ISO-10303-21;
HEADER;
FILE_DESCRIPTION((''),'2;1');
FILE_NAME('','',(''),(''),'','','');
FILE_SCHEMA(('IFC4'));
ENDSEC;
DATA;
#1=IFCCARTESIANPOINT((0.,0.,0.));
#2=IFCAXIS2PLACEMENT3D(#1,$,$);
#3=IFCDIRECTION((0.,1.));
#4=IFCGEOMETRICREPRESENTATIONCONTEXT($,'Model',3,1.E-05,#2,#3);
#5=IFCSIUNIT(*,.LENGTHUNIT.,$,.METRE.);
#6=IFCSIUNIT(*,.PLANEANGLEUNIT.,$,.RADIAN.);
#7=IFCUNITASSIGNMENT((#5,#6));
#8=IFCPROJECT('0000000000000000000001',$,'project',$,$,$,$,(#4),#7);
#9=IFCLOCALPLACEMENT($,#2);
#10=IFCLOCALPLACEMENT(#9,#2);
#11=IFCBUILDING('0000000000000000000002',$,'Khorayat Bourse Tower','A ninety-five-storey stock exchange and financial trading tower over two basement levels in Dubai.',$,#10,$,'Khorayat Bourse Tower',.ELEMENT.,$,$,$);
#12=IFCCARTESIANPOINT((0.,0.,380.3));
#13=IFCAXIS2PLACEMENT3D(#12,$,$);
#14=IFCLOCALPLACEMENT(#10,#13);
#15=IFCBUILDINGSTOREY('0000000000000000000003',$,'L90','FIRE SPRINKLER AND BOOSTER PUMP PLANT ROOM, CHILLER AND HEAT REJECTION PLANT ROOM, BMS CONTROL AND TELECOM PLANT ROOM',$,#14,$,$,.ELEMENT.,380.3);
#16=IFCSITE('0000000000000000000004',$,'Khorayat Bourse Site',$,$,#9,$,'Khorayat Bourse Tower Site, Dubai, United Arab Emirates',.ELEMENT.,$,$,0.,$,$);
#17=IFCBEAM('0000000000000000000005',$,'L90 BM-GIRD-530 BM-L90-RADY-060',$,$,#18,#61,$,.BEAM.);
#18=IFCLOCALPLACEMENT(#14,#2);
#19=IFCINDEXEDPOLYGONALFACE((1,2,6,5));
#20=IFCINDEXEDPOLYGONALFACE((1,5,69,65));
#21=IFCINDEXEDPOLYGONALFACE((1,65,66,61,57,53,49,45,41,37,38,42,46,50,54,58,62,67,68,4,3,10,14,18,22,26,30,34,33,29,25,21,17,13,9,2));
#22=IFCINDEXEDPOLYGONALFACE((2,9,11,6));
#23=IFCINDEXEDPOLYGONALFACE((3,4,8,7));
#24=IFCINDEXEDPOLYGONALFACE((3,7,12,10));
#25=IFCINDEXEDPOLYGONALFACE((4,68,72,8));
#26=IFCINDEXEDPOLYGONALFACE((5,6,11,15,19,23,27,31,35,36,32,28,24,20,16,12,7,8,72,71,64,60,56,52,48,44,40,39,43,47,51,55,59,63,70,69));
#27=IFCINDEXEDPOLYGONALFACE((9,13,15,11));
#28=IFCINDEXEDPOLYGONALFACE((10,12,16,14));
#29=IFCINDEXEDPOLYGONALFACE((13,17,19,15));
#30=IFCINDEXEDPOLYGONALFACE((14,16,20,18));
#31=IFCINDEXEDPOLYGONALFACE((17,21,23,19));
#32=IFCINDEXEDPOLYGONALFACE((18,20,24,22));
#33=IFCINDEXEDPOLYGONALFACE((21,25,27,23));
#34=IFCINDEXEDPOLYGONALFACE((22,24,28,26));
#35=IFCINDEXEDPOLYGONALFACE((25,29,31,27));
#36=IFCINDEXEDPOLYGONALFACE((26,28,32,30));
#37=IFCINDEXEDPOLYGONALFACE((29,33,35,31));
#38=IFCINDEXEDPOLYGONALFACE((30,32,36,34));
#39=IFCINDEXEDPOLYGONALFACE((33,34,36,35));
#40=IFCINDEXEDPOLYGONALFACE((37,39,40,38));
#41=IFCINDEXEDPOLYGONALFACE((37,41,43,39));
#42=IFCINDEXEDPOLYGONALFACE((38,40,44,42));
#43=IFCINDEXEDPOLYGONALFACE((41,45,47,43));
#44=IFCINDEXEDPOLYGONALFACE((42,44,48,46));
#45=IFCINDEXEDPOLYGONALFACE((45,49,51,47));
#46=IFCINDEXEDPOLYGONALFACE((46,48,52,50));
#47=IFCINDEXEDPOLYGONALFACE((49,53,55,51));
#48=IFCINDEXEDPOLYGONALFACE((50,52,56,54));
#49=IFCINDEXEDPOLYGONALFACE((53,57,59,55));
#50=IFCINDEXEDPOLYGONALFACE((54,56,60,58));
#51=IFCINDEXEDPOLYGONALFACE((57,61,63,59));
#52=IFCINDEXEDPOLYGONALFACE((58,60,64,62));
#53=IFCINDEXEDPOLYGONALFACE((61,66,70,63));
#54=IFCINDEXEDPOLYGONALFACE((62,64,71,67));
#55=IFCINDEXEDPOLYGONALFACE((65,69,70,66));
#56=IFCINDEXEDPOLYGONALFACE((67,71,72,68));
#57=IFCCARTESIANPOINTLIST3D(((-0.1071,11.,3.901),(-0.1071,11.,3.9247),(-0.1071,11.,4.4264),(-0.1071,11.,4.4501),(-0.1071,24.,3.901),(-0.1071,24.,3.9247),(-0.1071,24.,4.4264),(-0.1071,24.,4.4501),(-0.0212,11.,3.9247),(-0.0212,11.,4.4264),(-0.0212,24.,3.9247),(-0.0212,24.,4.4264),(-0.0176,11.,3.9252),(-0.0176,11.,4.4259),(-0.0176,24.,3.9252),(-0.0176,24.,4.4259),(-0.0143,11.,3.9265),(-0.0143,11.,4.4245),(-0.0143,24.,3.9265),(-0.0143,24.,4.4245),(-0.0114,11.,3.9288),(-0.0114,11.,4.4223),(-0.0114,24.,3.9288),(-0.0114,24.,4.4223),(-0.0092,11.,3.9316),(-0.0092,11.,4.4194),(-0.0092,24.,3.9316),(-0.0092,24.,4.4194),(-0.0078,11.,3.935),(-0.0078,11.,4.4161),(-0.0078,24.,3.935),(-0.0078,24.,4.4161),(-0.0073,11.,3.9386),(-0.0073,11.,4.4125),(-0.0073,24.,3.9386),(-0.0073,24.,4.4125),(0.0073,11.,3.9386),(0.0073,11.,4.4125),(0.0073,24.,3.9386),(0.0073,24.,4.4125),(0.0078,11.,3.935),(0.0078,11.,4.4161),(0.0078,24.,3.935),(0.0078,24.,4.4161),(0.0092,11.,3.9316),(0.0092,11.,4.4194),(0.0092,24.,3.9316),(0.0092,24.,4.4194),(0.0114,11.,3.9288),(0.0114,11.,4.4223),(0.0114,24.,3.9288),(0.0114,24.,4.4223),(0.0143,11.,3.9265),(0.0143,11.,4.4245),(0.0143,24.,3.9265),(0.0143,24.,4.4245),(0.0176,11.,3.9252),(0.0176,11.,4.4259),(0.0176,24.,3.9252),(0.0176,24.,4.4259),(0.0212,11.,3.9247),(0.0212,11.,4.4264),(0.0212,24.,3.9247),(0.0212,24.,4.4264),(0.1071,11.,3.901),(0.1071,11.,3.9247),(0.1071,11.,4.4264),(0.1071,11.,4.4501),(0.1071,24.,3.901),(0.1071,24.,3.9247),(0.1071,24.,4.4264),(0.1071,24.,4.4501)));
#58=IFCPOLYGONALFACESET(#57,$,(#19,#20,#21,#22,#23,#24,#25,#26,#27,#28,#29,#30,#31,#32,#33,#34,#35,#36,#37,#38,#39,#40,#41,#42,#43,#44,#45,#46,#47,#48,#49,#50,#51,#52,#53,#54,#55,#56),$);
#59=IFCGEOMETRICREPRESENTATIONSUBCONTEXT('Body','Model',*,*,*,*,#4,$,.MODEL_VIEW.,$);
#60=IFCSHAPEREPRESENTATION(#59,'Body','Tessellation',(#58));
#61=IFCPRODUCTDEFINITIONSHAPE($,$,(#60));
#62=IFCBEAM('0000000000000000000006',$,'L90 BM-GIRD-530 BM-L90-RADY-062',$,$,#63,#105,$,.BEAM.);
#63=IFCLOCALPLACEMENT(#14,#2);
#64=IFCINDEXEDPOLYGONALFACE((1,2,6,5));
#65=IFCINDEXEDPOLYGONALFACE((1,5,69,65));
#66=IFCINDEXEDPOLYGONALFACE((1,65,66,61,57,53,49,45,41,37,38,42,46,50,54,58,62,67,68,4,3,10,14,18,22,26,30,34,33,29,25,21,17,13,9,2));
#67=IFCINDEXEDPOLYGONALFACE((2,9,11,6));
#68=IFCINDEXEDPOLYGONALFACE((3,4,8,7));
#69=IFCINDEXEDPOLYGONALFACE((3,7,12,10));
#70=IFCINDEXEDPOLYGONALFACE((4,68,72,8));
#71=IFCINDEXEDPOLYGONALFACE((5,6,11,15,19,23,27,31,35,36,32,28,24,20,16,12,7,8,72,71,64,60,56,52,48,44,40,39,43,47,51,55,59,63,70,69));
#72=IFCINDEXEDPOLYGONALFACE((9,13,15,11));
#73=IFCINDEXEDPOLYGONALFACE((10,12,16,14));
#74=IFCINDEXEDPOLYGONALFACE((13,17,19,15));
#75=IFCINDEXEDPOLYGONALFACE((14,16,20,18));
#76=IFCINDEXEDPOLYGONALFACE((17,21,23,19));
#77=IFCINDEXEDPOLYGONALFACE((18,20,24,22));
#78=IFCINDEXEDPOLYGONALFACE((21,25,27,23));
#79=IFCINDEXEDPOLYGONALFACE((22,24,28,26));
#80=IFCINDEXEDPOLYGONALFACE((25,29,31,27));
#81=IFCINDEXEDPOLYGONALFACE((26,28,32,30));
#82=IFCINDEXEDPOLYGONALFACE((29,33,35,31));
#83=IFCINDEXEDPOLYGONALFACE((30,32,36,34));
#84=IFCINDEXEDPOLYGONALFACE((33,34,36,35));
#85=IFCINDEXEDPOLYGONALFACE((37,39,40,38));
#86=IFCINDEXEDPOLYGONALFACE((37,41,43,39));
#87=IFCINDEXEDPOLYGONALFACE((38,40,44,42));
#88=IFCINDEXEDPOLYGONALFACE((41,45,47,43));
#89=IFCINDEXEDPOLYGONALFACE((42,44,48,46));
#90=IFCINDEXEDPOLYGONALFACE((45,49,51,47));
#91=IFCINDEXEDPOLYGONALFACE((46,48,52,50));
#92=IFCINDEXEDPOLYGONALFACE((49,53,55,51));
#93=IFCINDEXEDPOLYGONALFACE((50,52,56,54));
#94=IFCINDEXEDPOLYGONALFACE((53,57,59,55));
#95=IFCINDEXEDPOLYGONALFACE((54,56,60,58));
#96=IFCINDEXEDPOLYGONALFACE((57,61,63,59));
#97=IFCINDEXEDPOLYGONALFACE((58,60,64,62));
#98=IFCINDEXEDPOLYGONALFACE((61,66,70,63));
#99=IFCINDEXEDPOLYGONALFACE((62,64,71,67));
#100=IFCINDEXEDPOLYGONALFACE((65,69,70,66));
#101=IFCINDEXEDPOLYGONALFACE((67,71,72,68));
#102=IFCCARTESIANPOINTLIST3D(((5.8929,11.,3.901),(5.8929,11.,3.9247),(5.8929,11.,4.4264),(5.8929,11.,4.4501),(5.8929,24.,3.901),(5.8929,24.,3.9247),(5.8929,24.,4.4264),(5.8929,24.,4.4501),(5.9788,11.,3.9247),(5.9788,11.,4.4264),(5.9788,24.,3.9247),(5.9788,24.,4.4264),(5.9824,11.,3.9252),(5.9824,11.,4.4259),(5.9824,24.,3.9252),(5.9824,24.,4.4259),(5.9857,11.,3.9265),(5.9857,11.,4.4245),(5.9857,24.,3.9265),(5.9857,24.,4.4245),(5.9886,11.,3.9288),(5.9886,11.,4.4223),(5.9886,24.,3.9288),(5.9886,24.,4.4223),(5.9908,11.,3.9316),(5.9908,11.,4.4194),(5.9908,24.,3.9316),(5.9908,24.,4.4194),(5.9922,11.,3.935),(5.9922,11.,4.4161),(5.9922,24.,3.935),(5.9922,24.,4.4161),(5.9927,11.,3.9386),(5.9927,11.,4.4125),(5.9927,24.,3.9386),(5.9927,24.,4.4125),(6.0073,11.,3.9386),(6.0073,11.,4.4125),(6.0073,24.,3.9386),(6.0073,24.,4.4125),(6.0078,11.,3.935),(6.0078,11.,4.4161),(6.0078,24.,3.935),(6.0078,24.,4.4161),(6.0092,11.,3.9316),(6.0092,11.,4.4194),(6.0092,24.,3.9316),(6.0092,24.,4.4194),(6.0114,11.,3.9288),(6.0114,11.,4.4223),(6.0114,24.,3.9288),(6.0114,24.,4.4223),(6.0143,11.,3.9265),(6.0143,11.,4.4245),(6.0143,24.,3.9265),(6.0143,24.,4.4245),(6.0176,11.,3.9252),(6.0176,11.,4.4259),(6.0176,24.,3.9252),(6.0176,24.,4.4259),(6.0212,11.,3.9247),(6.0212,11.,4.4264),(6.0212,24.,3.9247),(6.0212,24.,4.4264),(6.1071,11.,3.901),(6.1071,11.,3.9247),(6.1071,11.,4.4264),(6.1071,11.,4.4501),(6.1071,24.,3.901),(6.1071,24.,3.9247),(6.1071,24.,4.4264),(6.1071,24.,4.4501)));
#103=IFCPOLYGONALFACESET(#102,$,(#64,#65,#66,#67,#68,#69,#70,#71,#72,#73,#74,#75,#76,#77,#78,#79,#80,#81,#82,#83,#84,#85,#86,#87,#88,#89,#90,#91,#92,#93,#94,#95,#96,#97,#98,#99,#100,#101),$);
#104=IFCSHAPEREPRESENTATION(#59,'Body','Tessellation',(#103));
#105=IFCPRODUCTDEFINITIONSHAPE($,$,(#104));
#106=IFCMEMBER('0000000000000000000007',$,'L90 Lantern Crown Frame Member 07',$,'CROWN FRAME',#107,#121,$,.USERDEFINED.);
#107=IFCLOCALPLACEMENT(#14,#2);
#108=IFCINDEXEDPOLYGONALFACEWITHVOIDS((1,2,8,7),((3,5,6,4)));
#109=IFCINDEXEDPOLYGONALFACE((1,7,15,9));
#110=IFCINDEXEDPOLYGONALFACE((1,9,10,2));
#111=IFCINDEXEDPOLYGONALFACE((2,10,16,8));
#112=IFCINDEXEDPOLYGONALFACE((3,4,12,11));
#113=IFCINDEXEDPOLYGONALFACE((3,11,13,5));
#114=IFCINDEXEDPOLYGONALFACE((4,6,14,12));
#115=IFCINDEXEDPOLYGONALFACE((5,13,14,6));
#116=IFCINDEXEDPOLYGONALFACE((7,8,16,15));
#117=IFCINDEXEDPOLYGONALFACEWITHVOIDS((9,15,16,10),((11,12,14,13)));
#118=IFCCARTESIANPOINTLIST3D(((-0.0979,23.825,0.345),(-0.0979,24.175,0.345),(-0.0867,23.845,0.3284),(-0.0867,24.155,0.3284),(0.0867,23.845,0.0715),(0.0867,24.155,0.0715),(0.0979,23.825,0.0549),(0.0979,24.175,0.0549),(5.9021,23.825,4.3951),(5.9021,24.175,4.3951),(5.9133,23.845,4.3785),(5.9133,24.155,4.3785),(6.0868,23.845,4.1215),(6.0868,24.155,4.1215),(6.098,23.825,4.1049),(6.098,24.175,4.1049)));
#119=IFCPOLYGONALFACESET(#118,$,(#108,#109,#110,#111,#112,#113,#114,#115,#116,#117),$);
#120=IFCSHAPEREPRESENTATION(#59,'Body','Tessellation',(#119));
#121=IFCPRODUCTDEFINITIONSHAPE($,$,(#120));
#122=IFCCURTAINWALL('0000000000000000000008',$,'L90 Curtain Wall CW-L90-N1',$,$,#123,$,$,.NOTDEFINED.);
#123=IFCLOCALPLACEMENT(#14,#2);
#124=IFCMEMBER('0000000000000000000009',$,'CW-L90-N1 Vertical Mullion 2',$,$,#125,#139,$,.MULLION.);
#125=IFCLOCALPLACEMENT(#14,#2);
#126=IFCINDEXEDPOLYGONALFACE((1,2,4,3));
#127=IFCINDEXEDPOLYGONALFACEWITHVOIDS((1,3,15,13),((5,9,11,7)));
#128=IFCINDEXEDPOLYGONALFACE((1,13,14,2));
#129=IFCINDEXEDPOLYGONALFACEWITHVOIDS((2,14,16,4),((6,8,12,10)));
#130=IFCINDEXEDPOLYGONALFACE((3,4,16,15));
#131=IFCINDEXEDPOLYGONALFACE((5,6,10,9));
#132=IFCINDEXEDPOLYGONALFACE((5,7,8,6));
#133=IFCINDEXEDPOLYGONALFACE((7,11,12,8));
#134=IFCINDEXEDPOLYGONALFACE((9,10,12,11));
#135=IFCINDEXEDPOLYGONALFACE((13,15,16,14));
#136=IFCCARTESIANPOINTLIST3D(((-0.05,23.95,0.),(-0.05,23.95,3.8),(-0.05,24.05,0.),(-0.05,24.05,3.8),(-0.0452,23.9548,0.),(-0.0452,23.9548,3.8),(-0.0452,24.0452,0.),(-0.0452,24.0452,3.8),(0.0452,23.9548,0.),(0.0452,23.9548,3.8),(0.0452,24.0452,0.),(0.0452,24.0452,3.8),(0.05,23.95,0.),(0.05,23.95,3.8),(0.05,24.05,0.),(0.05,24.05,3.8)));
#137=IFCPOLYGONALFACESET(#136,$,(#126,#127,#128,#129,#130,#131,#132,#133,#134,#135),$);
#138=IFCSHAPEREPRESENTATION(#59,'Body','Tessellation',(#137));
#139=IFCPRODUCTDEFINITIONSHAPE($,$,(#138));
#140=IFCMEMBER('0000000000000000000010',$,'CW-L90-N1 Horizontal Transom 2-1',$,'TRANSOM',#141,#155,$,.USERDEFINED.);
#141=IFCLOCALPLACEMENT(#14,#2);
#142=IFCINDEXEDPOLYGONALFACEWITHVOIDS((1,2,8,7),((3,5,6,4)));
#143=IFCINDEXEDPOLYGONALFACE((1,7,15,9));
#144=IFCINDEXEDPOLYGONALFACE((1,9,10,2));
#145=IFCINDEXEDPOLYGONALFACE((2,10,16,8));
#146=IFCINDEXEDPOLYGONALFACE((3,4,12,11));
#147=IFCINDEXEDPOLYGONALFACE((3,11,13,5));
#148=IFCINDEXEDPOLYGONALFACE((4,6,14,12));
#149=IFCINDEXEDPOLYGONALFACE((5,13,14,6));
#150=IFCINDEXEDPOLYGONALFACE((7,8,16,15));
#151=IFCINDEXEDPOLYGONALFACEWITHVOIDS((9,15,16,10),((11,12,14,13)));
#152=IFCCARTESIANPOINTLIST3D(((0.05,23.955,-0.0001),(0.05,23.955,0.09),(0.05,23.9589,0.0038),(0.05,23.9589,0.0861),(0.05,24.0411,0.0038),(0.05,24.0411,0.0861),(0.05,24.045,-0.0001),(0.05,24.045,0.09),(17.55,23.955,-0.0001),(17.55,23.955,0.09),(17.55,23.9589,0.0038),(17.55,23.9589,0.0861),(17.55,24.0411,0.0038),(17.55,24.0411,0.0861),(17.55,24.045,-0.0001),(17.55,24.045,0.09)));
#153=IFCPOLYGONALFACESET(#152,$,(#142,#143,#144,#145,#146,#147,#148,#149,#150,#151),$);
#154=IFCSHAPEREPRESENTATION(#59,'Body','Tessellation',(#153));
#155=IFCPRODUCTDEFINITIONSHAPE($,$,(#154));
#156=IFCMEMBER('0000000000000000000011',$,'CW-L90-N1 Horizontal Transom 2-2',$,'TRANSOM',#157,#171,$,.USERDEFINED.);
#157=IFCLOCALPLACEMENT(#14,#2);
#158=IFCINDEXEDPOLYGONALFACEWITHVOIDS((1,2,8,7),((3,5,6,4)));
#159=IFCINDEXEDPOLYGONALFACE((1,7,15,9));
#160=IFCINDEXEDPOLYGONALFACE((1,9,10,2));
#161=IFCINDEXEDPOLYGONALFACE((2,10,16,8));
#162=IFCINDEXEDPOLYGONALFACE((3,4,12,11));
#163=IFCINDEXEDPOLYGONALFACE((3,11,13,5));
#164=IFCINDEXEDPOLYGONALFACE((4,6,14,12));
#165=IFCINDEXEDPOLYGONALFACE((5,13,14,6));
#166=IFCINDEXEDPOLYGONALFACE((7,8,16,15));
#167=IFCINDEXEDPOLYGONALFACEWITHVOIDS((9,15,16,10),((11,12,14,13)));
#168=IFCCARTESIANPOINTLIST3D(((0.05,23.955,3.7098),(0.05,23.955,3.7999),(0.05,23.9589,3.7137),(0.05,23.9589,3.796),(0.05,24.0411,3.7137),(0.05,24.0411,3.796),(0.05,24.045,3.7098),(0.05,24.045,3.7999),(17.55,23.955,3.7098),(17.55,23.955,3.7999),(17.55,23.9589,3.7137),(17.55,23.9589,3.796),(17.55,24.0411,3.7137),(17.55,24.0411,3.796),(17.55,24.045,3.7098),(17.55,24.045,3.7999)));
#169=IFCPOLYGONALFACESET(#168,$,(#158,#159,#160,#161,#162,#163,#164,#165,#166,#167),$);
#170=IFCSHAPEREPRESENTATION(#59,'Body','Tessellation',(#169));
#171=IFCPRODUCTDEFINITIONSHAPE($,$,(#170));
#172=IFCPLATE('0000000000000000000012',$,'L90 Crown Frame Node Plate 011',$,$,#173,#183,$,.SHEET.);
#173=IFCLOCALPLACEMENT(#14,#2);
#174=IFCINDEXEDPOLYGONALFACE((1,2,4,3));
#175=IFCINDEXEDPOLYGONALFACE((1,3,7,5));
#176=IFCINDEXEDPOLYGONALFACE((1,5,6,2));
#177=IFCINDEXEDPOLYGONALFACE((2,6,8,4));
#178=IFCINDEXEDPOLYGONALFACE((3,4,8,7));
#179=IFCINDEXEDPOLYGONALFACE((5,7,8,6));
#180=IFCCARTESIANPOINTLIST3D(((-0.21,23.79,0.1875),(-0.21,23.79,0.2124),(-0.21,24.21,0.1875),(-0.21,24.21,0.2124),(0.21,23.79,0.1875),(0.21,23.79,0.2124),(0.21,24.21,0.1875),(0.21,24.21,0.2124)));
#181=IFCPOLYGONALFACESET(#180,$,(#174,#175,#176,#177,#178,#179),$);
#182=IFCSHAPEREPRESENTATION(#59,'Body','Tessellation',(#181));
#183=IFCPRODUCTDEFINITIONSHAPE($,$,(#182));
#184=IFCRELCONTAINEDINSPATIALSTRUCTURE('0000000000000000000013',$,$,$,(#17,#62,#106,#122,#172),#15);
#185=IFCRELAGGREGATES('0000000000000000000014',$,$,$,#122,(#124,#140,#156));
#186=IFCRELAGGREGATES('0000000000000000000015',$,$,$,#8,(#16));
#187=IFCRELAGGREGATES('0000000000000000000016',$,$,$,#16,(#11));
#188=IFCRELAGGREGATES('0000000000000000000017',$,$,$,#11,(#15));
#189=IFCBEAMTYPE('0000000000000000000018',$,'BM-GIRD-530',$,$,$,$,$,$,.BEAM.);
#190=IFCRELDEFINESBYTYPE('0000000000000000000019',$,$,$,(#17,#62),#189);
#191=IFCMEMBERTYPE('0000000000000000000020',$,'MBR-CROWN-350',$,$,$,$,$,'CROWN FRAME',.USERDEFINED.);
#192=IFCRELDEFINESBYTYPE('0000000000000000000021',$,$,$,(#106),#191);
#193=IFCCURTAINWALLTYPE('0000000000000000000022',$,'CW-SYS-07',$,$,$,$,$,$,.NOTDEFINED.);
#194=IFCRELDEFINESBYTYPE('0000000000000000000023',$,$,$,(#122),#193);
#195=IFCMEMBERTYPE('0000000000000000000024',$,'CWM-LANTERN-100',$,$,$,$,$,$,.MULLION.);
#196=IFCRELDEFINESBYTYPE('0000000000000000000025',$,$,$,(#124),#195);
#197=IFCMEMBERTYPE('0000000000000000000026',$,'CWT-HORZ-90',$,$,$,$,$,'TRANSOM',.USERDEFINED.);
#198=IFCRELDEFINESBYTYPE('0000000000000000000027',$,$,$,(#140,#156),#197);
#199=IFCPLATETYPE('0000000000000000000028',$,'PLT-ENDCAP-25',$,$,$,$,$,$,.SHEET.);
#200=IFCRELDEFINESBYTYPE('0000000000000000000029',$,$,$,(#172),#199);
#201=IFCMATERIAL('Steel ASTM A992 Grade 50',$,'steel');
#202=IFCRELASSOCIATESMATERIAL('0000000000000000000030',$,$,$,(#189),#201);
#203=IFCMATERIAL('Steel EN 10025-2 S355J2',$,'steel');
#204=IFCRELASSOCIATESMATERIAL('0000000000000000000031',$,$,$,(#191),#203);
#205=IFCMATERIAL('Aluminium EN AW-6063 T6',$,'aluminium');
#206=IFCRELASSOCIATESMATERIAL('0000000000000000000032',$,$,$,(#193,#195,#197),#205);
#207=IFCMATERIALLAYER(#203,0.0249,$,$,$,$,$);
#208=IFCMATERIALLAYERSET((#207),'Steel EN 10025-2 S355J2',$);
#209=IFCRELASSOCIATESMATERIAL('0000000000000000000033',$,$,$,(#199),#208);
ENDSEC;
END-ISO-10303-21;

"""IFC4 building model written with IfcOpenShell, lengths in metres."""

from ifc_helpers import new_model, si_unit, direction, frame, origin, origin_2d, place, context, subcontext, project, spatial, rectangle, hollow_rectangle, i_section, extrude, source, transform, mapped, material, layer, layer_set, material_profile, profile_set, type_object, element, aggregate, save


model = new_model("IFC4")

# Units and contexts
model_context = context("Model", 3, precision=1e-05, world=origin(), true_north=direction((0.0, 1.0)))
body_context = subcontext(model_context, "Body", "Model", "MODEL_VIEW")
ifc_project = project(units=[si_unit("LENGTHUNIT", "METRE"), si_unit("PLANEANGLEUNIT", "RADIAN")], contexts=[model_context])

# Site, building, storey
site_placement = place(None, origin())
site = spatial("IfcSite", under=ifc_project, at=site_placement, Name="Khorayat Bourse Site", LongName="Khorayat Bourse Tower Site, Dubai, United Arab Emirates", CompositionType="ELEMENT", RefElevation=0.0)
building_placement = place(site_placement, origin())
building = spatial("IfcBuilding", under=site, at=building_placement, Name="Khorayat Bourse Tower", Description="A ninety-five-storey stock exchange and financial trading tower over two basement levels in Dubai.", LongName="Khorayat Bourse Tower", CompositionType="ELEMENT")
storey_placement = place(building_placement, frame((0.0, 0.0, 380.3)))
storey = spatial("IfcBuildingStorey", under=building, at=storey_placement, Name="L90", Description="FIRE SPRINKLER AND BOOSTER PUMP PLANT ROOM, CHILLER AND HEAT REJECTION PLANT ROOM, BMS CONTROL AND TELECOM PLANT ROOM", CompositionType="ELEMENT", Elevation=380.3)

# Shared definitions
ifc_material_1 = material(Name="Steel EN 10025-2 S355J2", Category="steel")

# Beams
ifc_material_2 = material(Name="Steel ASTM A992 Grade 50", Category="steel")
ifc_material_profile_1 = material_profile(ifc_material_2, i_section(OverallWidth=0.2141, OverallDepth=0.5491, WebThickness=0.0146, FlangeThickness=0.0237, FilletRadius=0.0139, at=origin_2d()), Name="W530X138")
ifc_profile_set_1 = profile_set([ifc_material_profile_1], Name="Steel ASTM A992 Grade 50")
beam_type_1 = type_object("IfcBeamType", Name="BM-GIRD-530", PredefinedType="BEAM", material=ifc_profile_set_1)
shared_shape_1 = source(origin(), body_context, "Body", "SweptSolid", [
    extrude(i_section(OverallWidth=0.2141, OverallDepth=0.5491, WebThickness=0.0146, FlangeThickness=0.0237, FilletRadius=0.0139, at=origin_2d()), origin(), (0.0, 0.0, 1.0), 13.0),
])
for number, where, z_axis, x_axis, name in (
    (1, (0.0, 11.0, 4.1755), (0.0, 1.0, 0.0), (-1.0, 0.0, 0.0), "L90 BM-GIRD-530 BM-L90-RADY-060"),
    (2, (6.0, 11.0, 4.1755), (0.0, 1.0, 0.0), (-1.0, 0.0, 0.0), "L90 BM-GIRD-530 BM-L90-RADY-062"),
):
    element("IfcBeam", number, at=place(storey_placement, frame(where, z_axis=z_axis, x_axis=x_axis)), inside=storey, type_object=beam_type_1, Name=name, PredefinedType="BEAM", context=body_context, shape_type="MappedRepresentation", body=[
        mapped(shared_shape_1, transform((0.0, 0.0, 0.0), scale=1.0)),
    ])

# Member
ifc_material_profile_2 = material_profile(ifc_material_1, hollow_rectangle(XDim=0.3501, YDim=0.3501, WallThickness=0.02, at=origin_2d()), Name="HSS 350x350x20")
ifc_profile_set_2 = profile_set([ifc_material_profile_2], Name="Steel EN 10025-2 S355J2")
member_type_1 = type_object("IfcMemberType", Name="MBR-CROWN-350", ElementType="CROWN FRAME", PredefinedType="USERDEFINED", material=ifc_profile_set_2)
shared_shape_2 = source(origin(), body_context, "Body", "SweptSolid", [
    extrude(hollow_rectangle(XDim=0.3501, YDim=0.3501, WallThickness=0.02, at=origin_2d()), origin(), (0.0, 0.0, 1.0), 7.239),
])
member_1_placement = place(storey_placement, frame((0.0, 24.0, 0.2), z_axis=(0.828846, 0.0, 0.559477), x_axis=(0.0, 1.0, 0.0)))
element("IfcMember", 3, at=member_1_placement, inside=storey, type_object=member_type_1, Name="L90 Lantern Crown Frame Member 07", ObjectType="CROWN FRAME", PredefinedType="USERDEFINED", context=body_context, shape_type="MappedRepresentation", body=[
    mapped(shared_shape_2, transform((0.0, 0.0, 0.0), scale=1.0)),
])

# Curtain wall, members
ifc_material_3 = material(Name="Aluminium EN AW-6063 T6", Category="aluminium")
curtain_wall_type = type_object("IfcCurtainWallType", Name="CW-SYS-07", PredefinedType="NOTDEFINED", material=ifc_material_3)
curtain_wall_placement = place(storey_placement, origin())
curtain_wall = element("IfcCurtainWall", 4, at=curtain_wall_placement, inside=storey, type_object=curtain_wall_type, Name="L90 Curtain Wall CW-L90-N1", PredefinedType="NOTDEFINED")
ifc_material_profile_3 = material_profile(ifc_material_3, hollow_rectangle(XDim=0.1001, YDim=0.1001, WallThickness=0.0049, at=origin_2d()), Name="ALU 100x100x5")
ifc_profile_set_3 = profile_set([ifc_material_profile_3], Name="Aluminium EN AW-6063 T6")
member_type_2 = type_object("IfcMemberType", Name="CWM-LANTERN-100", PredefinedType="MULLION", material=ifc_profile_set_3)
shared_shape_3 = source(origin(), body_context, "Body", "SweptSolid", [
    extrude(hollow_rectangle(XDim=0.1001, YDim=0.1001, WallThickness=0.0049, at=origin_2d()), origin(), (0.0, 0.0, 1.0), 3.8),
])
member_2_placement = place(storey_placement, frame((0.0, 24.0, 0.0), z_axis=(0.0, 0.0, 1.0), x_axis=(0.0, 1.0, 0.0)))
member_2 = element("IfcMember", 5, at=member_2_placement, type_object=member_type_2, Name="CW-L90-N1 Vertical Mullion 2", PredefinedType="MULLION", context=body_context, shape_type="MappedRepresentation", body=[
    mapped(shared_shape_3, transform((0.0, 0.0, 0.0), scale=1.0)),
])
ifc_material_profile_4 = material_profile(ifc_material_3, hollow_rectangle(XDim=0.0901, YDim=0.0901, WallThickness=0.0039, at=origin_2d()), Name="ALU 90x90x4")
ifc_profile_set_4 = profile_set([ifc_material_profile_4], Name="Aluminium EN AW-6063 T6")
member_type_3 = type_object("IfcMemberType", Name="CWT-HORZ-90", ElementType="TRANSOM", PredefinedType="USERDEFINED", material=ifc_profile_set_4)
shared_shape_4 = source(origin(), body_context, "Body", "SweptSolid", [
    extrude(hollow_rectangle(XDim=0.0901, YDim=0.0901, WallThickness=0.0039, at=origin_2d()), origin(), (0.0, 0.0, 1.0), 17.5),
])
member_3_placement = place(storey_placement, frame((0.05, 24.0, 0.0449), z_axis=(1.0, 0.0, 0.0), x_axis=(0.0, 1.0, 0.0)))
member_3 = element("IfcMember", 6, at=member_3_placement, type_object=member_type_3, Name="CW-L90-N1 Horizontal Transom 2-1", ObjectType="TRANSOM", PredefinedType="USERDEFINED", context=body_context, shape_type="MappedRepresentation", body=[
    mapped(shared_shape_4, transform((0.0, 0.0, 0.0), scale=1.0)),
])
member_4_placement = place(storey_placement, frame((0.05, 24.0, 3.7549), z_axis=(1.0, 0.0, 0.0), x_axis=(0.0, 1.0, 0.0)))
member_4 = element("IfcMember", 7, at=member_4_placement, type_object=member_type_3, Name="CW-L90-N1 Horizontal Transom 2-2", ObjectType="TRANSOM", PredefinedType="USERDEFINED", context=body_context, shape_type="MappedRepresentation", body=[
    mapped(shared_shape_4, transform((0.0, 0.0, 0.0), scale=1.0)),
])

# Plate
ifc_layer_1 = layer(ifc_material_1, 0.0249)
ifc_layer_set_1 = layer_set([ifc_layer_1], Name="Steel EN 10025-2 S355J2")
plate_type_1 = type_object("IfcPlateType", Name="PLT-ENDCAP-25", PredefinedType="SHEET", material=ifc_layer_set_1)
shared_shape_5 = source(origin(), body_context, "Body", "SweptSolid", [
    extrude(rectangle(XDim=0.4199, YDim=0.4199, at=origin_2d()), origin(), (0.0, 0.0, 1.0), 0.0249),
])
for number, where, z_axis, x_axis, name in (
    (8, (0.0, 24.0, 0.1875), (0.0, 0.0, 1.0), (1.0, 0.0, 0.0), "L90 Crown Frame Node Plate 011"),
):
    element("IfcPlate", number, at=place(storey_placement, frame(where, z_axis=z_axis, x_axis=x_axis)), inside=storey, type_object=plate_type_1, Name=name, PredefinedType="SHEET", context=body_context, shape_type="MappedRepresentation", body=[
        mapped(shared_shape_5, transform((0.0, 0.0, 0.0), scale=1.0)),
    ])

aggregate(curtain_wall, [member_2, member_3, member_4])

save(model, "model.ifc")
